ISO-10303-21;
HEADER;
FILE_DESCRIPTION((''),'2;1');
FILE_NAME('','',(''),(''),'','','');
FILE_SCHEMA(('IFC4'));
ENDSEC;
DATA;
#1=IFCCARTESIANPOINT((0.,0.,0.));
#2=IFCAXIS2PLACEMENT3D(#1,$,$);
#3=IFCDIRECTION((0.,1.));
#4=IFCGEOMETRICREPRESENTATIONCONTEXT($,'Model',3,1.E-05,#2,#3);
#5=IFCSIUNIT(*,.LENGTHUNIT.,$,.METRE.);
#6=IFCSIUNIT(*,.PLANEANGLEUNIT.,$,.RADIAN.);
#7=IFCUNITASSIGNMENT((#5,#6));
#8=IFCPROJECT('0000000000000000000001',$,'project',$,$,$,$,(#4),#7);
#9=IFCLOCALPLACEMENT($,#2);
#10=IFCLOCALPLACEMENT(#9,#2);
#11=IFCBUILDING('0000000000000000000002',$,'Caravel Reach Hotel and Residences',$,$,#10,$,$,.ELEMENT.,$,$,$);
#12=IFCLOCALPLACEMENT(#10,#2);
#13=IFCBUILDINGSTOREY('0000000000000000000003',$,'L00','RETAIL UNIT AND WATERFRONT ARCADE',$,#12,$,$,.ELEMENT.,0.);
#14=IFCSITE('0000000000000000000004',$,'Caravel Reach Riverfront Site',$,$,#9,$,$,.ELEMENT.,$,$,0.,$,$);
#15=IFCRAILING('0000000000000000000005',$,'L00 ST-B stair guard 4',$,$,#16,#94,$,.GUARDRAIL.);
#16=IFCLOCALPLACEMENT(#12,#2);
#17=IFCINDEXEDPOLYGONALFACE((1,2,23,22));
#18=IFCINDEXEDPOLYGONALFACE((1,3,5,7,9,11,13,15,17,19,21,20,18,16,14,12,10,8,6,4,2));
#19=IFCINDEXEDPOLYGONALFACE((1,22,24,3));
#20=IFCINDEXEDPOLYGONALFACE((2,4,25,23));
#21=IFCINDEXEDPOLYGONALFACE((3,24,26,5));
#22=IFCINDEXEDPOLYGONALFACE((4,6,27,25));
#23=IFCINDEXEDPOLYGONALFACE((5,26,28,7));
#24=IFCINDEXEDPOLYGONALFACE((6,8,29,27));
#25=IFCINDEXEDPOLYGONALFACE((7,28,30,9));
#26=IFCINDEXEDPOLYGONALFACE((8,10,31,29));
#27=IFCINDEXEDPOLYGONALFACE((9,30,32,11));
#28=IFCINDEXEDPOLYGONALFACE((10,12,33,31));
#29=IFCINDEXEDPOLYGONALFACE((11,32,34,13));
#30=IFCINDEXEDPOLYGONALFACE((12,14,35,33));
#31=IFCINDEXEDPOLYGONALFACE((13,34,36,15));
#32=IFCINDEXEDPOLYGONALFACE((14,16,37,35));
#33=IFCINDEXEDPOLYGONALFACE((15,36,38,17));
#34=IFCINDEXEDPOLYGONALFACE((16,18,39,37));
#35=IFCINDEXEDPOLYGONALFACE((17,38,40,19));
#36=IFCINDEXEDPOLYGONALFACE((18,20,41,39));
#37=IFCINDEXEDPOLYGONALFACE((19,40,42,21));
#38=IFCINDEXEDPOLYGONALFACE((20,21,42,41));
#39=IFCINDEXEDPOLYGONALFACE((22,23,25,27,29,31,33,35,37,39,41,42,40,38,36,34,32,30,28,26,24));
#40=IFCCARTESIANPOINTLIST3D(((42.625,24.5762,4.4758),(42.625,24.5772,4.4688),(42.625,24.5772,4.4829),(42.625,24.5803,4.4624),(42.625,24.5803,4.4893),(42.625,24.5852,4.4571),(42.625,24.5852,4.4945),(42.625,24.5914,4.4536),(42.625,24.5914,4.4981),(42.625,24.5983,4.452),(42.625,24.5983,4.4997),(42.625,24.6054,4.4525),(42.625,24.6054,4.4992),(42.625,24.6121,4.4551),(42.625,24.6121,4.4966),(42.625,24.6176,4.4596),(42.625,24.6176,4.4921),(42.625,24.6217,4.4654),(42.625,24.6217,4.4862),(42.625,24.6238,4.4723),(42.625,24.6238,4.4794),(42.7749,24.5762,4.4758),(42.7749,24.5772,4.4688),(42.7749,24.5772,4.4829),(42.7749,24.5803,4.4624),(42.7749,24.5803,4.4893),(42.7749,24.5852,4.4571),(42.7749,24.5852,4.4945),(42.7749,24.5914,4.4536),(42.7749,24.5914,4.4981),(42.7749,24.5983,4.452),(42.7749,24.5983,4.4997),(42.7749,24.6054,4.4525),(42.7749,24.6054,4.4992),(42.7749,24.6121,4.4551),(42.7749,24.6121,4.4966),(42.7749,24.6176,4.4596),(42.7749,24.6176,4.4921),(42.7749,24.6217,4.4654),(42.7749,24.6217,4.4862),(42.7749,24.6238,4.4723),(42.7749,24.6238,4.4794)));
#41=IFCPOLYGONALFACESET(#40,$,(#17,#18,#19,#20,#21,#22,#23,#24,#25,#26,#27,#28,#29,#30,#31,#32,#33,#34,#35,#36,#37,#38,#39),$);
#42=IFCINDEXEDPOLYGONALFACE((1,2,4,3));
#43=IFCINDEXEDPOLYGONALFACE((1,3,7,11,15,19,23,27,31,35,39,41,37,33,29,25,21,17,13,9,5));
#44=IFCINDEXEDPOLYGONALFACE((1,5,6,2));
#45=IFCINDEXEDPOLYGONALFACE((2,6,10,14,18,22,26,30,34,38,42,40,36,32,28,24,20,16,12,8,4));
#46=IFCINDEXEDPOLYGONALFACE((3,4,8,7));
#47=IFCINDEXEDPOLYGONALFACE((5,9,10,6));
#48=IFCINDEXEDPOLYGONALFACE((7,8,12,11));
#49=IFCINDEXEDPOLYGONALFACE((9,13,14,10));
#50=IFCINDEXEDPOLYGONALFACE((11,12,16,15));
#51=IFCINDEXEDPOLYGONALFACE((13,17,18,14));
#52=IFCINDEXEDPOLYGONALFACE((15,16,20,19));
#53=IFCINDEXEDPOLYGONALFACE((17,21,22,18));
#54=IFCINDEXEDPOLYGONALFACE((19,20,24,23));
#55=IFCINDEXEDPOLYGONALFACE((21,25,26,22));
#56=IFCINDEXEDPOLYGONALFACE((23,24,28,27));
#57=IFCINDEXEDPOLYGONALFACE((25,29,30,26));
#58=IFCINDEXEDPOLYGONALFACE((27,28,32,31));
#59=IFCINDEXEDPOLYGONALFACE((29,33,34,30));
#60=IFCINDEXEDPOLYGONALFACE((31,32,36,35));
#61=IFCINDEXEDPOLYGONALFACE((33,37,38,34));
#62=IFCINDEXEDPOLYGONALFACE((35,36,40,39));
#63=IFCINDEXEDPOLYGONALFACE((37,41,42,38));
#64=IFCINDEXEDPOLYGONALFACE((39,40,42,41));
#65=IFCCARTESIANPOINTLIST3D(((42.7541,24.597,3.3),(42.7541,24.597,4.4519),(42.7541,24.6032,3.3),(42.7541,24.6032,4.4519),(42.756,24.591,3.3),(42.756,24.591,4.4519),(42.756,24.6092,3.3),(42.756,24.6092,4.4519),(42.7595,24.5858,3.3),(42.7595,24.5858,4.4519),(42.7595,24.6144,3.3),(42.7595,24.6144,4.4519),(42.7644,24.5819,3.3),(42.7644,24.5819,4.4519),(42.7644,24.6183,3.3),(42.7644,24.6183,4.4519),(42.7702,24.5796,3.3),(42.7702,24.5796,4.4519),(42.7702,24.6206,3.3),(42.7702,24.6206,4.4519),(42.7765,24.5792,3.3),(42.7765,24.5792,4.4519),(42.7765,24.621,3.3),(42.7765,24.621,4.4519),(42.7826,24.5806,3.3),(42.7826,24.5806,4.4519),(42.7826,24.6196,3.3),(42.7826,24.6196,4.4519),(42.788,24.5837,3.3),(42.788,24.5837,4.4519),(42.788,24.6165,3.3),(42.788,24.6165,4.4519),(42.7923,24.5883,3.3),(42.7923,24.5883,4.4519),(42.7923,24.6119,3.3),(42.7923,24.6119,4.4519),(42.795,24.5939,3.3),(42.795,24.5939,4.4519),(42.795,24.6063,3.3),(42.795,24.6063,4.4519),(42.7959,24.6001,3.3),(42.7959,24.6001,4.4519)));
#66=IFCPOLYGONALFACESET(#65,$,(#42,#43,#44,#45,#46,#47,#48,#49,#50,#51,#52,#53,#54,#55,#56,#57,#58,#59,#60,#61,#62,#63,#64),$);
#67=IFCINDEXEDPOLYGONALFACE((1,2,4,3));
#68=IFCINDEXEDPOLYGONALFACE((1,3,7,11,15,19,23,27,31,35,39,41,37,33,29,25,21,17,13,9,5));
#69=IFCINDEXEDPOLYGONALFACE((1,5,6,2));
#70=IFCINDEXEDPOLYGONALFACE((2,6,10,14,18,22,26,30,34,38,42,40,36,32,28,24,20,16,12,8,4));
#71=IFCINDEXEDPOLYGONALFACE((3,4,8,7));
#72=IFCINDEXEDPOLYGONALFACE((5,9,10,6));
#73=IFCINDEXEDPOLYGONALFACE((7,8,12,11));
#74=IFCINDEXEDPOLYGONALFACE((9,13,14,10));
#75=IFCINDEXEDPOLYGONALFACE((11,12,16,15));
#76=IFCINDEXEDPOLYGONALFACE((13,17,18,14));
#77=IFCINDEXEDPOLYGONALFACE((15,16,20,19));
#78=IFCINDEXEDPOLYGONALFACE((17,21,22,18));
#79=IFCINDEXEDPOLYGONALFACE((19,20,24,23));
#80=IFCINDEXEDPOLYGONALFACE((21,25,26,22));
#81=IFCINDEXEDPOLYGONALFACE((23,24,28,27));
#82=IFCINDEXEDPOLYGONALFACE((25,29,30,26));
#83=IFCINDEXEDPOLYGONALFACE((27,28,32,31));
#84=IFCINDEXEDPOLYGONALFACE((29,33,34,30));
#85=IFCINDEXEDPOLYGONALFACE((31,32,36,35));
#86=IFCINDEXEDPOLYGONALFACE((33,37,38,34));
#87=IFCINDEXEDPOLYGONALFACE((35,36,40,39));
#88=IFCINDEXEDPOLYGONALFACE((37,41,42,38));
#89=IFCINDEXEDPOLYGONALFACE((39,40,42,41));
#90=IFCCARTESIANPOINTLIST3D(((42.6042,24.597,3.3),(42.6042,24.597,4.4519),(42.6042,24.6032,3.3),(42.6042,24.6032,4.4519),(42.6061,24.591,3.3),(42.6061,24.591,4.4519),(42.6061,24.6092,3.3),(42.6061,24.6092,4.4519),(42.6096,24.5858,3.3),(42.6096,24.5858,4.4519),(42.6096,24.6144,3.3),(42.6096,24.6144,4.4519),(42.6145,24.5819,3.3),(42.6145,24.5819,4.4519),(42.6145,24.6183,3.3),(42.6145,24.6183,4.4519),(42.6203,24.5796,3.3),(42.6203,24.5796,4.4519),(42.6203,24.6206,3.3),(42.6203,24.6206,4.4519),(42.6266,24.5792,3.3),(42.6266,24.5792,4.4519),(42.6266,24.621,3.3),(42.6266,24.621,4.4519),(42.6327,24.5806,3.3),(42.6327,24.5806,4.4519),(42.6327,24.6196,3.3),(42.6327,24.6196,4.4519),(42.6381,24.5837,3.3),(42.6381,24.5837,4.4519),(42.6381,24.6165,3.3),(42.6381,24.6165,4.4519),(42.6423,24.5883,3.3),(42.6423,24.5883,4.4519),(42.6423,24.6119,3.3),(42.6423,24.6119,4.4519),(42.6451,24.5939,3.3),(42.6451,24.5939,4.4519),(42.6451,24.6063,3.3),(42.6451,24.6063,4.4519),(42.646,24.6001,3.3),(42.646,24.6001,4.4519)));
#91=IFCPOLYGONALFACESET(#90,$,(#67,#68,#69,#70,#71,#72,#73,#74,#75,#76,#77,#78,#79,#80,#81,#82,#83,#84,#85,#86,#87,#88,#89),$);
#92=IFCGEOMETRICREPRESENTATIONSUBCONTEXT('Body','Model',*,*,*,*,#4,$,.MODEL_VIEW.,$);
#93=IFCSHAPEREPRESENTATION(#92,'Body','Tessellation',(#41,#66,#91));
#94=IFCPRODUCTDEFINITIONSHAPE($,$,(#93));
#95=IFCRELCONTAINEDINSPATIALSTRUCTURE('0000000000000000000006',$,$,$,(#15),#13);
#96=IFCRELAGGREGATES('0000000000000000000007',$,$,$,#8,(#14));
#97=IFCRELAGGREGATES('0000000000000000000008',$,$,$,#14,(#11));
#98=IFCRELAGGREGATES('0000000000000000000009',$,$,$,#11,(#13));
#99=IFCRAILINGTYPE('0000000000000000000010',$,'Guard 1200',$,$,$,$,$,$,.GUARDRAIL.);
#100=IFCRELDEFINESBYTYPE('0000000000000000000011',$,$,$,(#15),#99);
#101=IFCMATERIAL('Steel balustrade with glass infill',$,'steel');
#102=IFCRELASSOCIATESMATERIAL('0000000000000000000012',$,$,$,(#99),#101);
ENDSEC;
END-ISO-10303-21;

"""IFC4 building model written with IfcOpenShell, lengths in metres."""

from ifc_helpers import new_model, si_unit, direction, frame, origin, origin_2d, place, context, subcontext, project, spatial, circle, extrude, material, type_object, element, save


model = new_model("IFC4")

# Units and contexts
model_context = context("Model", 3, precision=1e-05, world=origin(), true_north=direction((0.0, 1.0)))
body_context = subcontext(model_context, "Body", "Model", "MODEL_VIEW")
ifc_project = project(units=[si_unit("LENGTHUNIT", "METRE"), si_unit("PLANEANGLEUNIT", "RADIAN")], contexts=[model_context])

# Site, building, storey
site_placement = place(None, origin())
site = spatial("IfcSite", under=ifc_project, at=site_placement, Name="Caravel Reach Riverfront Site", CompositionType="ELEMENT", RefElevation=0.0)
building_placement = place(site_placement, origin())
building = spatial("IfcBuilding", under=site, at=building_placement, Name="Caravel Reach Hotel and Residences", CompositionType="ELEMENT")
storey_placement = place(building_placement, origin())
storey = spatial("IfcBuildingStorey", under=building, at=storey_placement, Name="L00", Description="RETAIL UNIT AND WATERFRONT ARCADE", CompositionType="ELEMENT", Elevation=0.0)

# Railing
ifc_material_1 = material(Name="Steel balustrade with glass infill", Category="steel")
railing_type_1 = type_object("IfcRailingType", Name="Guard 1200", PredefinedType="GUARDRAIL", material=ifc_material_1)
railing_1_placement = place(storey_placement, frame((42.7749, 24.6001, 3.3)))
element("IfcRailing", 1, at=railing_1_placement, inside=storey, type_object=railing_type_1, Name="L00 ST-B stair guard 4", PredefinedType="GUARDRAIL", context=body_context, shape_type="SweptSolid", body=[
    extrude(circle(Radius=0.0239, at=origin_2d()), frame((0.0, 0.0, 1.1758), z_axis=(-1.0, 0.0, 0.0), x_axis=(0.0, -1.0, 0.0)), (0.0, 0.0, 1.0), 0.1499),
    extrude(circle(Radius=0.021, at=origin_2d()), origin(), (0.0, 0.0, 1.0), 1.1519),
    extrude(circle(Radius=0.021, at=origin_2d()), frame((-0.1499, 0.0, 0.0)), (0.0, 0.0, 1.0), 1.1519),
])

save(model, "model.ifc")
